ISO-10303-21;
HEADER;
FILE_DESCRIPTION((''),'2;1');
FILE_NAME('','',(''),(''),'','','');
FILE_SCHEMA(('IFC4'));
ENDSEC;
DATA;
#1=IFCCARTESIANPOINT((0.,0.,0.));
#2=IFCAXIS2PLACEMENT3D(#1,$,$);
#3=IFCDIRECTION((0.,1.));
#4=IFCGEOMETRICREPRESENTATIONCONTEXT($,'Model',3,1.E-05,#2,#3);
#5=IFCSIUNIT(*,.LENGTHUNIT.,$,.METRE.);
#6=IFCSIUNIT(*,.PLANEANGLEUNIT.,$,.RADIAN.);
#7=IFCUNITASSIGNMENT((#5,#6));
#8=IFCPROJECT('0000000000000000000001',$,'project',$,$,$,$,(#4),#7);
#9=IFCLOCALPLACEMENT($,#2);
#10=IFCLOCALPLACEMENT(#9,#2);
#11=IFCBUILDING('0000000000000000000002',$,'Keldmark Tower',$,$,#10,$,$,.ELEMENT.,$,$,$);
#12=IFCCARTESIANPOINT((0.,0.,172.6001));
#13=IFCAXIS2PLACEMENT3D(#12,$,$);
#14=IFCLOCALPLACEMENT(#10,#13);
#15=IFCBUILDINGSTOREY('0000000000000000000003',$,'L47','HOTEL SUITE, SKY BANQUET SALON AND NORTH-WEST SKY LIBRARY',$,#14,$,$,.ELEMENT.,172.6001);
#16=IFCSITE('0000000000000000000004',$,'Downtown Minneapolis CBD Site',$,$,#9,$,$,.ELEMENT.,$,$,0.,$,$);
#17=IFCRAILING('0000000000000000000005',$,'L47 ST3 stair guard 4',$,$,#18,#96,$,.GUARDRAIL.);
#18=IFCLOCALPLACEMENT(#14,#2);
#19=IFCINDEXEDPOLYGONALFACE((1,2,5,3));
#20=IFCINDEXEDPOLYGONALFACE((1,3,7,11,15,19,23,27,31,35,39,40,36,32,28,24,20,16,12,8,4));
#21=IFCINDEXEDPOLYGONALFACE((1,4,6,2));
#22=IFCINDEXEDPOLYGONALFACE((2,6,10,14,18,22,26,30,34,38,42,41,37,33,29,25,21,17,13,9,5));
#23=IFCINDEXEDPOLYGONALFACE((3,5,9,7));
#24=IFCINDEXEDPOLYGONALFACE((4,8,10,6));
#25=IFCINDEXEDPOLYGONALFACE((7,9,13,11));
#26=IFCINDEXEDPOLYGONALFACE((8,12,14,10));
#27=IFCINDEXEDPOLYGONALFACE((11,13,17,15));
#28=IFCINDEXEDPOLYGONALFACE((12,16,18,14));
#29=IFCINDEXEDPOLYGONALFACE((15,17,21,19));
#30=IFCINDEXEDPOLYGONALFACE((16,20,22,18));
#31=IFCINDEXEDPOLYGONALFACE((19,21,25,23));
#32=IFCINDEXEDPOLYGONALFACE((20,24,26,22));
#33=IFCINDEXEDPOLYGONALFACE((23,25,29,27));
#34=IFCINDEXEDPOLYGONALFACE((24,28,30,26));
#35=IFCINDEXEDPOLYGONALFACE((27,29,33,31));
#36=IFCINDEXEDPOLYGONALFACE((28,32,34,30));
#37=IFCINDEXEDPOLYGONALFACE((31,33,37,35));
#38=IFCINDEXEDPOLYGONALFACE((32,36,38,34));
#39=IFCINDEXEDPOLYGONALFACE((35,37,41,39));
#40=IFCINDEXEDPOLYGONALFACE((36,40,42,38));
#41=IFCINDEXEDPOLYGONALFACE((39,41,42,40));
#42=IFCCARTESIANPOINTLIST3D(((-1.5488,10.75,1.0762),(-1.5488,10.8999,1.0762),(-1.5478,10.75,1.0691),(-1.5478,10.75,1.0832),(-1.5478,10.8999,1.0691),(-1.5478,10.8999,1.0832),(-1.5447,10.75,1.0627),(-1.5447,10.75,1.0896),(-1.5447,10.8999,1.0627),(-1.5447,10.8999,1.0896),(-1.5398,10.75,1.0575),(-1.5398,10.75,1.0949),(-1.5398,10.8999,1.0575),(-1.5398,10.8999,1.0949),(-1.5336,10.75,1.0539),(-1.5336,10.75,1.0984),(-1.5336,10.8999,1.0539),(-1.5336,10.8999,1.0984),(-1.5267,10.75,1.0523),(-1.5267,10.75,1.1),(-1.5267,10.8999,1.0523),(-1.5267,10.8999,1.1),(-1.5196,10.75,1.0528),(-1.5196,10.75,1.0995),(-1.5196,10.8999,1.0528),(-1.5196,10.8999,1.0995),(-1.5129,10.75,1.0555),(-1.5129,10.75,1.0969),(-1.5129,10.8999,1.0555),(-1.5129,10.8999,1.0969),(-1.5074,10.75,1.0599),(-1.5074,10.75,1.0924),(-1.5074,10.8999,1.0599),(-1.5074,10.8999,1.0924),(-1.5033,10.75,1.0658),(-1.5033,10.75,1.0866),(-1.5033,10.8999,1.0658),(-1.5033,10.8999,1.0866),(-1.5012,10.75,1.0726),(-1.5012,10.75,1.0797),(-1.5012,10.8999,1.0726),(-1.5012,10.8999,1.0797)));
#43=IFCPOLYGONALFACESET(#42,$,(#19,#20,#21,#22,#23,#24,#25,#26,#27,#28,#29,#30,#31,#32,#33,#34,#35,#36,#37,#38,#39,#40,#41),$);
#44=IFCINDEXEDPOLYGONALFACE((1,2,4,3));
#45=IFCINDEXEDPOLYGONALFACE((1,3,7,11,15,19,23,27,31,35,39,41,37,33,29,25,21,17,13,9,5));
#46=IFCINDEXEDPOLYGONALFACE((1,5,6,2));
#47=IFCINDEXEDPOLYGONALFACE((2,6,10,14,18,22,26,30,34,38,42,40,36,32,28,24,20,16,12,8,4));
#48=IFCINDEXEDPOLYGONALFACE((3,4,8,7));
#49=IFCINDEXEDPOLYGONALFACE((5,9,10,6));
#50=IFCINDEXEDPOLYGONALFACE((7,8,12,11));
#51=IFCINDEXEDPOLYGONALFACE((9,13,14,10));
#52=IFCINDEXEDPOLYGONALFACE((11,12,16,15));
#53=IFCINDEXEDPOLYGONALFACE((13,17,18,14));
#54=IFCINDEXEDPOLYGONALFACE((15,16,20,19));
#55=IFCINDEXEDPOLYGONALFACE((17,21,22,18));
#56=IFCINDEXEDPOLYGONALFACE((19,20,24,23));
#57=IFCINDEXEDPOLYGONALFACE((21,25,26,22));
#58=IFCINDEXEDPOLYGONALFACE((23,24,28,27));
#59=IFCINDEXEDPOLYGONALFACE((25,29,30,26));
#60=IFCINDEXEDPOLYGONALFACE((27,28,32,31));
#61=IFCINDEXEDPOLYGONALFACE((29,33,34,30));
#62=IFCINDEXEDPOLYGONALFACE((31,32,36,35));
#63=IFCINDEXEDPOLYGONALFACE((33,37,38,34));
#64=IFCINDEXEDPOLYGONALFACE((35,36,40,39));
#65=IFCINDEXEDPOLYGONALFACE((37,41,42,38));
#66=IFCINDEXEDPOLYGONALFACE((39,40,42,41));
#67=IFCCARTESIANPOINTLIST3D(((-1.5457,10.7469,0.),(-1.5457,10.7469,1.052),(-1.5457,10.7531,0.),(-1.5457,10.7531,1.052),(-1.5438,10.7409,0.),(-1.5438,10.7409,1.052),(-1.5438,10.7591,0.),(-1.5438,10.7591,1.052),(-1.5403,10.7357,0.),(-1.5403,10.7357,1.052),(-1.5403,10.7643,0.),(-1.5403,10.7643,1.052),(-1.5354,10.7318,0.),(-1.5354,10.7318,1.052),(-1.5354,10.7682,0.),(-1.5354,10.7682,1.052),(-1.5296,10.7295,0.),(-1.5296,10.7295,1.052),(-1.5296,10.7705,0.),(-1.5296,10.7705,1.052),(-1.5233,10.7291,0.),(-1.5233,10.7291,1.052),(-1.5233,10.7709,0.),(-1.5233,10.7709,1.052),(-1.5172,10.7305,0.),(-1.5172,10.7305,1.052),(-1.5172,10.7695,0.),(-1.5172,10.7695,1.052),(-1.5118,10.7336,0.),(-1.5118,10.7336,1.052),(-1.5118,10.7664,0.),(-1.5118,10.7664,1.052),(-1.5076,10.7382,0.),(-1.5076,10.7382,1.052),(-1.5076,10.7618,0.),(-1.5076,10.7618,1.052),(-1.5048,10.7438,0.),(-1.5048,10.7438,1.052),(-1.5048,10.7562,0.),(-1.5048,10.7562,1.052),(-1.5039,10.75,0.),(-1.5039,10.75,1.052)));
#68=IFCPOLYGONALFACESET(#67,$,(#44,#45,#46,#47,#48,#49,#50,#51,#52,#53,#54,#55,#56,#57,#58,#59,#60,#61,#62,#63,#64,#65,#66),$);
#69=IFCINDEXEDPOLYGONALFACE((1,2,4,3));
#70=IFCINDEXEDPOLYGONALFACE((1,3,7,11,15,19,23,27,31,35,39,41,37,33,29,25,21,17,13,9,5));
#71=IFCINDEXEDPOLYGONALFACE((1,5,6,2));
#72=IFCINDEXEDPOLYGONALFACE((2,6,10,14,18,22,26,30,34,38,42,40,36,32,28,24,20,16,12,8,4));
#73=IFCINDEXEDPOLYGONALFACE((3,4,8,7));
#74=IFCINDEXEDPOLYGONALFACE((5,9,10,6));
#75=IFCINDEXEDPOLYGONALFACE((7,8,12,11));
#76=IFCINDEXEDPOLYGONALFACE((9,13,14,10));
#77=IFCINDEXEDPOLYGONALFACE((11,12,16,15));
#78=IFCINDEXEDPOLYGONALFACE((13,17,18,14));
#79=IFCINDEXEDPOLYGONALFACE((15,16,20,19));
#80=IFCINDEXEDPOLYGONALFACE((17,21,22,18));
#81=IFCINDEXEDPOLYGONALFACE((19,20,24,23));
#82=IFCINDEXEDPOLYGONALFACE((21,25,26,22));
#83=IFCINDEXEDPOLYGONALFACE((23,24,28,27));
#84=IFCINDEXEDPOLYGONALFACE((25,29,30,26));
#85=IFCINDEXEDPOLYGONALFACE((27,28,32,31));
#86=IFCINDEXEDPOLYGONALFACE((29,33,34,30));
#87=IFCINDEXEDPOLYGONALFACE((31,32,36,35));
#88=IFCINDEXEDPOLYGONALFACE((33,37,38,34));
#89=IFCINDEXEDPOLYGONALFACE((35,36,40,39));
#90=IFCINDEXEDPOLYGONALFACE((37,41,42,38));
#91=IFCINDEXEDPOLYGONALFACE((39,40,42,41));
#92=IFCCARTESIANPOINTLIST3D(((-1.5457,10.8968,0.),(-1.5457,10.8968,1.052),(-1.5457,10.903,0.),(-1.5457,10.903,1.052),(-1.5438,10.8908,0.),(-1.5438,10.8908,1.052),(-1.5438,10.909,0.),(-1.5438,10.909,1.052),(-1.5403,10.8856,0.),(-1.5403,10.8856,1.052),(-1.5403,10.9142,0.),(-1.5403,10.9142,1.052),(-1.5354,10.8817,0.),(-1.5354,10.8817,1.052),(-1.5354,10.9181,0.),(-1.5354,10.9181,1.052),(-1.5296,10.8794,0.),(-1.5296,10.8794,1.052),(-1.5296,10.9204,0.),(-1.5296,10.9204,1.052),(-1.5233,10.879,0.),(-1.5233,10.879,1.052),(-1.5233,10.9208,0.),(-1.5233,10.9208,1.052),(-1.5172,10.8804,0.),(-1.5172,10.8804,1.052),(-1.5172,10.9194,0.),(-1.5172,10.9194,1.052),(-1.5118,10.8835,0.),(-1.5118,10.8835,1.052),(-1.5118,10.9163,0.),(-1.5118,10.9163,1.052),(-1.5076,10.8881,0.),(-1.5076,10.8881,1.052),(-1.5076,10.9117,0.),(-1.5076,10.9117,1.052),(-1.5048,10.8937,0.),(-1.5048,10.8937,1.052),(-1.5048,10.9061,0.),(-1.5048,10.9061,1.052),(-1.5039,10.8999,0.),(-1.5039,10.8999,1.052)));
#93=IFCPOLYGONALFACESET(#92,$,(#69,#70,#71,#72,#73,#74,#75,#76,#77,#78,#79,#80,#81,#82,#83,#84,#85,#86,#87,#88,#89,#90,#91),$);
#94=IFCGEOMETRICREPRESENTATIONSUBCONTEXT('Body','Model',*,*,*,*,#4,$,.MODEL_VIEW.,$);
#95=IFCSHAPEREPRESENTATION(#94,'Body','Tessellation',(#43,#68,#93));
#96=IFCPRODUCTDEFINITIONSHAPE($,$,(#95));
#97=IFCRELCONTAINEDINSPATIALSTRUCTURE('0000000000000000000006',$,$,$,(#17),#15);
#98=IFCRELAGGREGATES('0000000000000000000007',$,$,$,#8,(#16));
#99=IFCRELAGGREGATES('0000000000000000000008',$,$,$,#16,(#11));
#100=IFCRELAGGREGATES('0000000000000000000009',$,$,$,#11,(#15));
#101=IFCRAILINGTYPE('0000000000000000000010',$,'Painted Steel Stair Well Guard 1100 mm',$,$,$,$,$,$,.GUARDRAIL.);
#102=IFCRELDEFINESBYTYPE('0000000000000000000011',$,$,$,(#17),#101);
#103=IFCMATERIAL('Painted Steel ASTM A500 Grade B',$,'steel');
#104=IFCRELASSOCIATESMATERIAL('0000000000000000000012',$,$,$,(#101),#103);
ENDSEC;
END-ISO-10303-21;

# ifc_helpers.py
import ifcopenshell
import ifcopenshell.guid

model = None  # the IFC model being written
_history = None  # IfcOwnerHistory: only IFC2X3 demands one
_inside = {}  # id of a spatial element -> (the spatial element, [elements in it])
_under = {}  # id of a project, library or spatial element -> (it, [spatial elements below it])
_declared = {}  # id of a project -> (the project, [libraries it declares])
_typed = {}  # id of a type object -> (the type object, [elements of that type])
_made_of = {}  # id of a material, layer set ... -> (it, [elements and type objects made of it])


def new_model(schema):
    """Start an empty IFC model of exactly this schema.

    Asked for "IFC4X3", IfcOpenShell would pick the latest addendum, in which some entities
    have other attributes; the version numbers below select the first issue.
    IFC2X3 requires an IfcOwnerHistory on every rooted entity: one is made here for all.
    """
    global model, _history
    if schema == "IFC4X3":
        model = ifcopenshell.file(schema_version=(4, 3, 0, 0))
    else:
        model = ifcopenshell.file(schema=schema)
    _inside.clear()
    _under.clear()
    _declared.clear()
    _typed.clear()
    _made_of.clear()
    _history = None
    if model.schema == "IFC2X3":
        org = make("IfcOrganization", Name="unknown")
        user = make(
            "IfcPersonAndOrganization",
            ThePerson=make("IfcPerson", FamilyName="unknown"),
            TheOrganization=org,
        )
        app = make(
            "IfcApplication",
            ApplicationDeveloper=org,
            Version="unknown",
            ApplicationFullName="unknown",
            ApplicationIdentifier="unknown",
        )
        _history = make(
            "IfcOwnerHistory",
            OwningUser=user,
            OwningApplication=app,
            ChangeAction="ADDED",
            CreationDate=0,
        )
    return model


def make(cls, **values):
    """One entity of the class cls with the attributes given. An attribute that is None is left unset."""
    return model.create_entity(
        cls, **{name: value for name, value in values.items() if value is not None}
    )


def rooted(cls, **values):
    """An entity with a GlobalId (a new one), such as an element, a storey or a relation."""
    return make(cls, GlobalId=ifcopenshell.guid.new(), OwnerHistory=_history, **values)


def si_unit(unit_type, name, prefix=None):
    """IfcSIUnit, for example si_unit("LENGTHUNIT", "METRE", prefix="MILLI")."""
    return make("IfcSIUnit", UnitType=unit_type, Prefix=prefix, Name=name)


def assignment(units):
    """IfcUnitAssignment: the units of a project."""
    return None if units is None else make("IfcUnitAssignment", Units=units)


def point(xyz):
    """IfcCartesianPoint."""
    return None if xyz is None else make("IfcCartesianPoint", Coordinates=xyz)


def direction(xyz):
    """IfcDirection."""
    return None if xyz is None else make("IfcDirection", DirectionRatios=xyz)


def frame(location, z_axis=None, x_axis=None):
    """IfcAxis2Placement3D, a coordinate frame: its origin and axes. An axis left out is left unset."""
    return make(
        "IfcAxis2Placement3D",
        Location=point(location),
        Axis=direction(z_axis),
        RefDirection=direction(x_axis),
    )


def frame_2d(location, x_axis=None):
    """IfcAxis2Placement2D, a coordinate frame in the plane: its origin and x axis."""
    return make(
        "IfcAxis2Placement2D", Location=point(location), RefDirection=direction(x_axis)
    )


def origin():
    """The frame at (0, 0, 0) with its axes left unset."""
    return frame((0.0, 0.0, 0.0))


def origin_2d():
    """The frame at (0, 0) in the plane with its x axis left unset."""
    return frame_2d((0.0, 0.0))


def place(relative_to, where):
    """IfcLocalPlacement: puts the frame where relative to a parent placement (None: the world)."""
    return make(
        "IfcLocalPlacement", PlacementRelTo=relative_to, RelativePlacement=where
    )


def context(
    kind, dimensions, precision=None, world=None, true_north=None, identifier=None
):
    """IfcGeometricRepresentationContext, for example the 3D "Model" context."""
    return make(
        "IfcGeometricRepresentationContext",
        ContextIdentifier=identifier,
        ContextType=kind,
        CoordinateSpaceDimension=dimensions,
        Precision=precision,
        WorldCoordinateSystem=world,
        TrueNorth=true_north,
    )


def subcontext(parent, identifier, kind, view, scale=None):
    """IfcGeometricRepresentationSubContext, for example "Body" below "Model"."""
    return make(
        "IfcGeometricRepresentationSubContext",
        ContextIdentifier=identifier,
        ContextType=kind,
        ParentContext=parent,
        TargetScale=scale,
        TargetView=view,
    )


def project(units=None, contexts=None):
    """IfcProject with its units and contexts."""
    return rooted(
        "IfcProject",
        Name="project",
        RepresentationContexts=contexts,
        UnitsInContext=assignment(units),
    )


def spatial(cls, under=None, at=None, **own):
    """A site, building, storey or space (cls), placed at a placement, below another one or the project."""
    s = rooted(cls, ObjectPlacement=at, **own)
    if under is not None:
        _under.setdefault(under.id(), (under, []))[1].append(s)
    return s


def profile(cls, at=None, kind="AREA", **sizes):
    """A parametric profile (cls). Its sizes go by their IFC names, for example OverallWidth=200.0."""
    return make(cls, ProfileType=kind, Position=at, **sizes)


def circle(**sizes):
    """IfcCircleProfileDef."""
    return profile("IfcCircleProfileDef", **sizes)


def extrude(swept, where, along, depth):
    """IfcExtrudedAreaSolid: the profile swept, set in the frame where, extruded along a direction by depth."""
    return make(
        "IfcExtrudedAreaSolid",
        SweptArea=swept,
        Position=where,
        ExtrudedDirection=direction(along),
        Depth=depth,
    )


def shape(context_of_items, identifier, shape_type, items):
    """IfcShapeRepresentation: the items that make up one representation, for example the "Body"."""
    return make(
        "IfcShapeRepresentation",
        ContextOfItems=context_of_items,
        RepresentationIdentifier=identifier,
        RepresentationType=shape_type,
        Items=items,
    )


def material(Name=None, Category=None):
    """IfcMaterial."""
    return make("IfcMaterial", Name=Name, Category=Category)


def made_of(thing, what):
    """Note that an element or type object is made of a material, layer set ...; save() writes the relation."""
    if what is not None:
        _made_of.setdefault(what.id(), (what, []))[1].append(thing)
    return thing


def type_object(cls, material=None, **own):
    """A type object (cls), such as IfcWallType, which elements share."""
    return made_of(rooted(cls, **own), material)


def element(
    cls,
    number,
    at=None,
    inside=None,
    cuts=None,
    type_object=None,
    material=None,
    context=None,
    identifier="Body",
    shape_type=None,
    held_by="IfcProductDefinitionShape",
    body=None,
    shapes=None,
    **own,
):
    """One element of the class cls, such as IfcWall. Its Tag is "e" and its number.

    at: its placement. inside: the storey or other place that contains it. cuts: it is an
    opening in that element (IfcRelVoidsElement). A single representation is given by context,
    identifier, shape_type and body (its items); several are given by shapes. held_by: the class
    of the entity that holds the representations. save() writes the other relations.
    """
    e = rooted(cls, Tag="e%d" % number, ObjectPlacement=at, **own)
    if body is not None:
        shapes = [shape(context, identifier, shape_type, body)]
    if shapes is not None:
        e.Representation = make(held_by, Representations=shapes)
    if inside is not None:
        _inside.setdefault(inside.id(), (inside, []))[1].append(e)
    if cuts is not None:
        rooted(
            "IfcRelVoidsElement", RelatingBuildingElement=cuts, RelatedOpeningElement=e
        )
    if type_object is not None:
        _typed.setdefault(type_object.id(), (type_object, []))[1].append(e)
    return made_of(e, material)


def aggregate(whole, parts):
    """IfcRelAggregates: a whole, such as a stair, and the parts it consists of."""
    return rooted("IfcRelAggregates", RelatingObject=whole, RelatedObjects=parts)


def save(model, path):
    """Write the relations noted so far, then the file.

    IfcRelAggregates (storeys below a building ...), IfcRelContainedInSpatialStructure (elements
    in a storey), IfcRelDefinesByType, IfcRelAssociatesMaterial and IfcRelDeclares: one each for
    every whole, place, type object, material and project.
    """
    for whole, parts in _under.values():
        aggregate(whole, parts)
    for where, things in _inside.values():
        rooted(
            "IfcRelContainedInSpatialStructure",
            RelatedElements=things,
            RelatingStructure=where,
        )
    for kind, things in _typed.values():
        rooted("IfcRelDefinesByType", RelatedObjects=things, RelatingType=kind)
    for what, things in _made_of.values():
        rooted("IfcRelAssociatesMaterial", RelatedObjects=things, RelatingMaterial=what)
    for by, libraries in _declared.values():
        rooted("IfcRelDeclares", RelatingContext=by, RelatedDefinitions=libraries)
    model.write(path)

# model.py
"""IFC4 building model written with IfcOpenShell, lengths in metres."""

from ifc_helpers import new_model, si_unit, direction, frame, origin, origin_2d, place, context, subcontext, project, spatial, circle, extrude, material, type_object, element, save


model = new_model("IFC4")

# Units and contexts
model_context = context("Model", 3, precision=1e-05, world=origin(), true_north=direction((0.0, 1.0)))
body_context = subcontext(model_context, "Body", "Model", "MODEL_VIEW")
ifc_project = project(units=[si_unit("LENGTHUNIT", "METRE"), si_unit("PLANEANGLEUNIT", "RADIAN")], contexts=[model_context])

# Site, building, storey
site_placement = place(None, origin())
site = spatial("IfcSite", under=ifc_project, at=site_placement, Name="Downtown Minneapolis CBD Site", CompositionType="ELEMENT", RefElevation=0.0)
building_placement = place(site_placement, origin())
building = spatial("IfcBuilding", under=site, at=building_placement, Name="Keldmark Tower", CompositionType="ELEMENT")
storey_placement = place(building_placement, frame((0.0, 0.0, 172.6001)))
storey = spatial("IfcBuildingStorey", under=building, at=storey_placement, Name="L47", Description="HOTEL SUITE, SKY BANQUET SALON AND NORTH-WEST SKY LIBRARY", CompositionType="ELEMENT", Elevation=172.6001)

# Railing
ifc_material_1 = material(Name="Painted Steel ASTM A500 Grade B", Category="steel")
railing_type = type_object("IfcRailingType", Name="Painted Steel Stair Well Guard 1100 mm", PredefinedType="GUARDRAIL", material=ifc_material_1)
railing_1_placement = place(storey_placement, frame((-1.5249, 10.75, 0.0)))
element("IfcRailing", 1, at=railing_1_placement, inside=storey, type_object=railing_type, Name="L47 ST3 stair guard 4", PredefinedType="GUARDRAIL", context=body_context, shape_type="SweptSolid", body=[
    extrude(circle(Radius=0.0239, at=origin_2d()), frame((0.0, 0.0, 1.0762), z_axis=(0.0, 1.0, 0.0), x_axis=(-1.0, 0.0, 0.0)), (0.0, 0.0, 1.0), 0.1499),
    extrude(circle(Radius=0.021, at=origin_2d()), origin(), (0.0, 0.0, 1.0), 1.052),
    extrude(circle(Radius=0.021, at=origin_2d()), frame((0.0, 0.1499, 0.0)), (0.0, 0.0, 1.0), 1.052),
])

save(model, "model.ifc")
